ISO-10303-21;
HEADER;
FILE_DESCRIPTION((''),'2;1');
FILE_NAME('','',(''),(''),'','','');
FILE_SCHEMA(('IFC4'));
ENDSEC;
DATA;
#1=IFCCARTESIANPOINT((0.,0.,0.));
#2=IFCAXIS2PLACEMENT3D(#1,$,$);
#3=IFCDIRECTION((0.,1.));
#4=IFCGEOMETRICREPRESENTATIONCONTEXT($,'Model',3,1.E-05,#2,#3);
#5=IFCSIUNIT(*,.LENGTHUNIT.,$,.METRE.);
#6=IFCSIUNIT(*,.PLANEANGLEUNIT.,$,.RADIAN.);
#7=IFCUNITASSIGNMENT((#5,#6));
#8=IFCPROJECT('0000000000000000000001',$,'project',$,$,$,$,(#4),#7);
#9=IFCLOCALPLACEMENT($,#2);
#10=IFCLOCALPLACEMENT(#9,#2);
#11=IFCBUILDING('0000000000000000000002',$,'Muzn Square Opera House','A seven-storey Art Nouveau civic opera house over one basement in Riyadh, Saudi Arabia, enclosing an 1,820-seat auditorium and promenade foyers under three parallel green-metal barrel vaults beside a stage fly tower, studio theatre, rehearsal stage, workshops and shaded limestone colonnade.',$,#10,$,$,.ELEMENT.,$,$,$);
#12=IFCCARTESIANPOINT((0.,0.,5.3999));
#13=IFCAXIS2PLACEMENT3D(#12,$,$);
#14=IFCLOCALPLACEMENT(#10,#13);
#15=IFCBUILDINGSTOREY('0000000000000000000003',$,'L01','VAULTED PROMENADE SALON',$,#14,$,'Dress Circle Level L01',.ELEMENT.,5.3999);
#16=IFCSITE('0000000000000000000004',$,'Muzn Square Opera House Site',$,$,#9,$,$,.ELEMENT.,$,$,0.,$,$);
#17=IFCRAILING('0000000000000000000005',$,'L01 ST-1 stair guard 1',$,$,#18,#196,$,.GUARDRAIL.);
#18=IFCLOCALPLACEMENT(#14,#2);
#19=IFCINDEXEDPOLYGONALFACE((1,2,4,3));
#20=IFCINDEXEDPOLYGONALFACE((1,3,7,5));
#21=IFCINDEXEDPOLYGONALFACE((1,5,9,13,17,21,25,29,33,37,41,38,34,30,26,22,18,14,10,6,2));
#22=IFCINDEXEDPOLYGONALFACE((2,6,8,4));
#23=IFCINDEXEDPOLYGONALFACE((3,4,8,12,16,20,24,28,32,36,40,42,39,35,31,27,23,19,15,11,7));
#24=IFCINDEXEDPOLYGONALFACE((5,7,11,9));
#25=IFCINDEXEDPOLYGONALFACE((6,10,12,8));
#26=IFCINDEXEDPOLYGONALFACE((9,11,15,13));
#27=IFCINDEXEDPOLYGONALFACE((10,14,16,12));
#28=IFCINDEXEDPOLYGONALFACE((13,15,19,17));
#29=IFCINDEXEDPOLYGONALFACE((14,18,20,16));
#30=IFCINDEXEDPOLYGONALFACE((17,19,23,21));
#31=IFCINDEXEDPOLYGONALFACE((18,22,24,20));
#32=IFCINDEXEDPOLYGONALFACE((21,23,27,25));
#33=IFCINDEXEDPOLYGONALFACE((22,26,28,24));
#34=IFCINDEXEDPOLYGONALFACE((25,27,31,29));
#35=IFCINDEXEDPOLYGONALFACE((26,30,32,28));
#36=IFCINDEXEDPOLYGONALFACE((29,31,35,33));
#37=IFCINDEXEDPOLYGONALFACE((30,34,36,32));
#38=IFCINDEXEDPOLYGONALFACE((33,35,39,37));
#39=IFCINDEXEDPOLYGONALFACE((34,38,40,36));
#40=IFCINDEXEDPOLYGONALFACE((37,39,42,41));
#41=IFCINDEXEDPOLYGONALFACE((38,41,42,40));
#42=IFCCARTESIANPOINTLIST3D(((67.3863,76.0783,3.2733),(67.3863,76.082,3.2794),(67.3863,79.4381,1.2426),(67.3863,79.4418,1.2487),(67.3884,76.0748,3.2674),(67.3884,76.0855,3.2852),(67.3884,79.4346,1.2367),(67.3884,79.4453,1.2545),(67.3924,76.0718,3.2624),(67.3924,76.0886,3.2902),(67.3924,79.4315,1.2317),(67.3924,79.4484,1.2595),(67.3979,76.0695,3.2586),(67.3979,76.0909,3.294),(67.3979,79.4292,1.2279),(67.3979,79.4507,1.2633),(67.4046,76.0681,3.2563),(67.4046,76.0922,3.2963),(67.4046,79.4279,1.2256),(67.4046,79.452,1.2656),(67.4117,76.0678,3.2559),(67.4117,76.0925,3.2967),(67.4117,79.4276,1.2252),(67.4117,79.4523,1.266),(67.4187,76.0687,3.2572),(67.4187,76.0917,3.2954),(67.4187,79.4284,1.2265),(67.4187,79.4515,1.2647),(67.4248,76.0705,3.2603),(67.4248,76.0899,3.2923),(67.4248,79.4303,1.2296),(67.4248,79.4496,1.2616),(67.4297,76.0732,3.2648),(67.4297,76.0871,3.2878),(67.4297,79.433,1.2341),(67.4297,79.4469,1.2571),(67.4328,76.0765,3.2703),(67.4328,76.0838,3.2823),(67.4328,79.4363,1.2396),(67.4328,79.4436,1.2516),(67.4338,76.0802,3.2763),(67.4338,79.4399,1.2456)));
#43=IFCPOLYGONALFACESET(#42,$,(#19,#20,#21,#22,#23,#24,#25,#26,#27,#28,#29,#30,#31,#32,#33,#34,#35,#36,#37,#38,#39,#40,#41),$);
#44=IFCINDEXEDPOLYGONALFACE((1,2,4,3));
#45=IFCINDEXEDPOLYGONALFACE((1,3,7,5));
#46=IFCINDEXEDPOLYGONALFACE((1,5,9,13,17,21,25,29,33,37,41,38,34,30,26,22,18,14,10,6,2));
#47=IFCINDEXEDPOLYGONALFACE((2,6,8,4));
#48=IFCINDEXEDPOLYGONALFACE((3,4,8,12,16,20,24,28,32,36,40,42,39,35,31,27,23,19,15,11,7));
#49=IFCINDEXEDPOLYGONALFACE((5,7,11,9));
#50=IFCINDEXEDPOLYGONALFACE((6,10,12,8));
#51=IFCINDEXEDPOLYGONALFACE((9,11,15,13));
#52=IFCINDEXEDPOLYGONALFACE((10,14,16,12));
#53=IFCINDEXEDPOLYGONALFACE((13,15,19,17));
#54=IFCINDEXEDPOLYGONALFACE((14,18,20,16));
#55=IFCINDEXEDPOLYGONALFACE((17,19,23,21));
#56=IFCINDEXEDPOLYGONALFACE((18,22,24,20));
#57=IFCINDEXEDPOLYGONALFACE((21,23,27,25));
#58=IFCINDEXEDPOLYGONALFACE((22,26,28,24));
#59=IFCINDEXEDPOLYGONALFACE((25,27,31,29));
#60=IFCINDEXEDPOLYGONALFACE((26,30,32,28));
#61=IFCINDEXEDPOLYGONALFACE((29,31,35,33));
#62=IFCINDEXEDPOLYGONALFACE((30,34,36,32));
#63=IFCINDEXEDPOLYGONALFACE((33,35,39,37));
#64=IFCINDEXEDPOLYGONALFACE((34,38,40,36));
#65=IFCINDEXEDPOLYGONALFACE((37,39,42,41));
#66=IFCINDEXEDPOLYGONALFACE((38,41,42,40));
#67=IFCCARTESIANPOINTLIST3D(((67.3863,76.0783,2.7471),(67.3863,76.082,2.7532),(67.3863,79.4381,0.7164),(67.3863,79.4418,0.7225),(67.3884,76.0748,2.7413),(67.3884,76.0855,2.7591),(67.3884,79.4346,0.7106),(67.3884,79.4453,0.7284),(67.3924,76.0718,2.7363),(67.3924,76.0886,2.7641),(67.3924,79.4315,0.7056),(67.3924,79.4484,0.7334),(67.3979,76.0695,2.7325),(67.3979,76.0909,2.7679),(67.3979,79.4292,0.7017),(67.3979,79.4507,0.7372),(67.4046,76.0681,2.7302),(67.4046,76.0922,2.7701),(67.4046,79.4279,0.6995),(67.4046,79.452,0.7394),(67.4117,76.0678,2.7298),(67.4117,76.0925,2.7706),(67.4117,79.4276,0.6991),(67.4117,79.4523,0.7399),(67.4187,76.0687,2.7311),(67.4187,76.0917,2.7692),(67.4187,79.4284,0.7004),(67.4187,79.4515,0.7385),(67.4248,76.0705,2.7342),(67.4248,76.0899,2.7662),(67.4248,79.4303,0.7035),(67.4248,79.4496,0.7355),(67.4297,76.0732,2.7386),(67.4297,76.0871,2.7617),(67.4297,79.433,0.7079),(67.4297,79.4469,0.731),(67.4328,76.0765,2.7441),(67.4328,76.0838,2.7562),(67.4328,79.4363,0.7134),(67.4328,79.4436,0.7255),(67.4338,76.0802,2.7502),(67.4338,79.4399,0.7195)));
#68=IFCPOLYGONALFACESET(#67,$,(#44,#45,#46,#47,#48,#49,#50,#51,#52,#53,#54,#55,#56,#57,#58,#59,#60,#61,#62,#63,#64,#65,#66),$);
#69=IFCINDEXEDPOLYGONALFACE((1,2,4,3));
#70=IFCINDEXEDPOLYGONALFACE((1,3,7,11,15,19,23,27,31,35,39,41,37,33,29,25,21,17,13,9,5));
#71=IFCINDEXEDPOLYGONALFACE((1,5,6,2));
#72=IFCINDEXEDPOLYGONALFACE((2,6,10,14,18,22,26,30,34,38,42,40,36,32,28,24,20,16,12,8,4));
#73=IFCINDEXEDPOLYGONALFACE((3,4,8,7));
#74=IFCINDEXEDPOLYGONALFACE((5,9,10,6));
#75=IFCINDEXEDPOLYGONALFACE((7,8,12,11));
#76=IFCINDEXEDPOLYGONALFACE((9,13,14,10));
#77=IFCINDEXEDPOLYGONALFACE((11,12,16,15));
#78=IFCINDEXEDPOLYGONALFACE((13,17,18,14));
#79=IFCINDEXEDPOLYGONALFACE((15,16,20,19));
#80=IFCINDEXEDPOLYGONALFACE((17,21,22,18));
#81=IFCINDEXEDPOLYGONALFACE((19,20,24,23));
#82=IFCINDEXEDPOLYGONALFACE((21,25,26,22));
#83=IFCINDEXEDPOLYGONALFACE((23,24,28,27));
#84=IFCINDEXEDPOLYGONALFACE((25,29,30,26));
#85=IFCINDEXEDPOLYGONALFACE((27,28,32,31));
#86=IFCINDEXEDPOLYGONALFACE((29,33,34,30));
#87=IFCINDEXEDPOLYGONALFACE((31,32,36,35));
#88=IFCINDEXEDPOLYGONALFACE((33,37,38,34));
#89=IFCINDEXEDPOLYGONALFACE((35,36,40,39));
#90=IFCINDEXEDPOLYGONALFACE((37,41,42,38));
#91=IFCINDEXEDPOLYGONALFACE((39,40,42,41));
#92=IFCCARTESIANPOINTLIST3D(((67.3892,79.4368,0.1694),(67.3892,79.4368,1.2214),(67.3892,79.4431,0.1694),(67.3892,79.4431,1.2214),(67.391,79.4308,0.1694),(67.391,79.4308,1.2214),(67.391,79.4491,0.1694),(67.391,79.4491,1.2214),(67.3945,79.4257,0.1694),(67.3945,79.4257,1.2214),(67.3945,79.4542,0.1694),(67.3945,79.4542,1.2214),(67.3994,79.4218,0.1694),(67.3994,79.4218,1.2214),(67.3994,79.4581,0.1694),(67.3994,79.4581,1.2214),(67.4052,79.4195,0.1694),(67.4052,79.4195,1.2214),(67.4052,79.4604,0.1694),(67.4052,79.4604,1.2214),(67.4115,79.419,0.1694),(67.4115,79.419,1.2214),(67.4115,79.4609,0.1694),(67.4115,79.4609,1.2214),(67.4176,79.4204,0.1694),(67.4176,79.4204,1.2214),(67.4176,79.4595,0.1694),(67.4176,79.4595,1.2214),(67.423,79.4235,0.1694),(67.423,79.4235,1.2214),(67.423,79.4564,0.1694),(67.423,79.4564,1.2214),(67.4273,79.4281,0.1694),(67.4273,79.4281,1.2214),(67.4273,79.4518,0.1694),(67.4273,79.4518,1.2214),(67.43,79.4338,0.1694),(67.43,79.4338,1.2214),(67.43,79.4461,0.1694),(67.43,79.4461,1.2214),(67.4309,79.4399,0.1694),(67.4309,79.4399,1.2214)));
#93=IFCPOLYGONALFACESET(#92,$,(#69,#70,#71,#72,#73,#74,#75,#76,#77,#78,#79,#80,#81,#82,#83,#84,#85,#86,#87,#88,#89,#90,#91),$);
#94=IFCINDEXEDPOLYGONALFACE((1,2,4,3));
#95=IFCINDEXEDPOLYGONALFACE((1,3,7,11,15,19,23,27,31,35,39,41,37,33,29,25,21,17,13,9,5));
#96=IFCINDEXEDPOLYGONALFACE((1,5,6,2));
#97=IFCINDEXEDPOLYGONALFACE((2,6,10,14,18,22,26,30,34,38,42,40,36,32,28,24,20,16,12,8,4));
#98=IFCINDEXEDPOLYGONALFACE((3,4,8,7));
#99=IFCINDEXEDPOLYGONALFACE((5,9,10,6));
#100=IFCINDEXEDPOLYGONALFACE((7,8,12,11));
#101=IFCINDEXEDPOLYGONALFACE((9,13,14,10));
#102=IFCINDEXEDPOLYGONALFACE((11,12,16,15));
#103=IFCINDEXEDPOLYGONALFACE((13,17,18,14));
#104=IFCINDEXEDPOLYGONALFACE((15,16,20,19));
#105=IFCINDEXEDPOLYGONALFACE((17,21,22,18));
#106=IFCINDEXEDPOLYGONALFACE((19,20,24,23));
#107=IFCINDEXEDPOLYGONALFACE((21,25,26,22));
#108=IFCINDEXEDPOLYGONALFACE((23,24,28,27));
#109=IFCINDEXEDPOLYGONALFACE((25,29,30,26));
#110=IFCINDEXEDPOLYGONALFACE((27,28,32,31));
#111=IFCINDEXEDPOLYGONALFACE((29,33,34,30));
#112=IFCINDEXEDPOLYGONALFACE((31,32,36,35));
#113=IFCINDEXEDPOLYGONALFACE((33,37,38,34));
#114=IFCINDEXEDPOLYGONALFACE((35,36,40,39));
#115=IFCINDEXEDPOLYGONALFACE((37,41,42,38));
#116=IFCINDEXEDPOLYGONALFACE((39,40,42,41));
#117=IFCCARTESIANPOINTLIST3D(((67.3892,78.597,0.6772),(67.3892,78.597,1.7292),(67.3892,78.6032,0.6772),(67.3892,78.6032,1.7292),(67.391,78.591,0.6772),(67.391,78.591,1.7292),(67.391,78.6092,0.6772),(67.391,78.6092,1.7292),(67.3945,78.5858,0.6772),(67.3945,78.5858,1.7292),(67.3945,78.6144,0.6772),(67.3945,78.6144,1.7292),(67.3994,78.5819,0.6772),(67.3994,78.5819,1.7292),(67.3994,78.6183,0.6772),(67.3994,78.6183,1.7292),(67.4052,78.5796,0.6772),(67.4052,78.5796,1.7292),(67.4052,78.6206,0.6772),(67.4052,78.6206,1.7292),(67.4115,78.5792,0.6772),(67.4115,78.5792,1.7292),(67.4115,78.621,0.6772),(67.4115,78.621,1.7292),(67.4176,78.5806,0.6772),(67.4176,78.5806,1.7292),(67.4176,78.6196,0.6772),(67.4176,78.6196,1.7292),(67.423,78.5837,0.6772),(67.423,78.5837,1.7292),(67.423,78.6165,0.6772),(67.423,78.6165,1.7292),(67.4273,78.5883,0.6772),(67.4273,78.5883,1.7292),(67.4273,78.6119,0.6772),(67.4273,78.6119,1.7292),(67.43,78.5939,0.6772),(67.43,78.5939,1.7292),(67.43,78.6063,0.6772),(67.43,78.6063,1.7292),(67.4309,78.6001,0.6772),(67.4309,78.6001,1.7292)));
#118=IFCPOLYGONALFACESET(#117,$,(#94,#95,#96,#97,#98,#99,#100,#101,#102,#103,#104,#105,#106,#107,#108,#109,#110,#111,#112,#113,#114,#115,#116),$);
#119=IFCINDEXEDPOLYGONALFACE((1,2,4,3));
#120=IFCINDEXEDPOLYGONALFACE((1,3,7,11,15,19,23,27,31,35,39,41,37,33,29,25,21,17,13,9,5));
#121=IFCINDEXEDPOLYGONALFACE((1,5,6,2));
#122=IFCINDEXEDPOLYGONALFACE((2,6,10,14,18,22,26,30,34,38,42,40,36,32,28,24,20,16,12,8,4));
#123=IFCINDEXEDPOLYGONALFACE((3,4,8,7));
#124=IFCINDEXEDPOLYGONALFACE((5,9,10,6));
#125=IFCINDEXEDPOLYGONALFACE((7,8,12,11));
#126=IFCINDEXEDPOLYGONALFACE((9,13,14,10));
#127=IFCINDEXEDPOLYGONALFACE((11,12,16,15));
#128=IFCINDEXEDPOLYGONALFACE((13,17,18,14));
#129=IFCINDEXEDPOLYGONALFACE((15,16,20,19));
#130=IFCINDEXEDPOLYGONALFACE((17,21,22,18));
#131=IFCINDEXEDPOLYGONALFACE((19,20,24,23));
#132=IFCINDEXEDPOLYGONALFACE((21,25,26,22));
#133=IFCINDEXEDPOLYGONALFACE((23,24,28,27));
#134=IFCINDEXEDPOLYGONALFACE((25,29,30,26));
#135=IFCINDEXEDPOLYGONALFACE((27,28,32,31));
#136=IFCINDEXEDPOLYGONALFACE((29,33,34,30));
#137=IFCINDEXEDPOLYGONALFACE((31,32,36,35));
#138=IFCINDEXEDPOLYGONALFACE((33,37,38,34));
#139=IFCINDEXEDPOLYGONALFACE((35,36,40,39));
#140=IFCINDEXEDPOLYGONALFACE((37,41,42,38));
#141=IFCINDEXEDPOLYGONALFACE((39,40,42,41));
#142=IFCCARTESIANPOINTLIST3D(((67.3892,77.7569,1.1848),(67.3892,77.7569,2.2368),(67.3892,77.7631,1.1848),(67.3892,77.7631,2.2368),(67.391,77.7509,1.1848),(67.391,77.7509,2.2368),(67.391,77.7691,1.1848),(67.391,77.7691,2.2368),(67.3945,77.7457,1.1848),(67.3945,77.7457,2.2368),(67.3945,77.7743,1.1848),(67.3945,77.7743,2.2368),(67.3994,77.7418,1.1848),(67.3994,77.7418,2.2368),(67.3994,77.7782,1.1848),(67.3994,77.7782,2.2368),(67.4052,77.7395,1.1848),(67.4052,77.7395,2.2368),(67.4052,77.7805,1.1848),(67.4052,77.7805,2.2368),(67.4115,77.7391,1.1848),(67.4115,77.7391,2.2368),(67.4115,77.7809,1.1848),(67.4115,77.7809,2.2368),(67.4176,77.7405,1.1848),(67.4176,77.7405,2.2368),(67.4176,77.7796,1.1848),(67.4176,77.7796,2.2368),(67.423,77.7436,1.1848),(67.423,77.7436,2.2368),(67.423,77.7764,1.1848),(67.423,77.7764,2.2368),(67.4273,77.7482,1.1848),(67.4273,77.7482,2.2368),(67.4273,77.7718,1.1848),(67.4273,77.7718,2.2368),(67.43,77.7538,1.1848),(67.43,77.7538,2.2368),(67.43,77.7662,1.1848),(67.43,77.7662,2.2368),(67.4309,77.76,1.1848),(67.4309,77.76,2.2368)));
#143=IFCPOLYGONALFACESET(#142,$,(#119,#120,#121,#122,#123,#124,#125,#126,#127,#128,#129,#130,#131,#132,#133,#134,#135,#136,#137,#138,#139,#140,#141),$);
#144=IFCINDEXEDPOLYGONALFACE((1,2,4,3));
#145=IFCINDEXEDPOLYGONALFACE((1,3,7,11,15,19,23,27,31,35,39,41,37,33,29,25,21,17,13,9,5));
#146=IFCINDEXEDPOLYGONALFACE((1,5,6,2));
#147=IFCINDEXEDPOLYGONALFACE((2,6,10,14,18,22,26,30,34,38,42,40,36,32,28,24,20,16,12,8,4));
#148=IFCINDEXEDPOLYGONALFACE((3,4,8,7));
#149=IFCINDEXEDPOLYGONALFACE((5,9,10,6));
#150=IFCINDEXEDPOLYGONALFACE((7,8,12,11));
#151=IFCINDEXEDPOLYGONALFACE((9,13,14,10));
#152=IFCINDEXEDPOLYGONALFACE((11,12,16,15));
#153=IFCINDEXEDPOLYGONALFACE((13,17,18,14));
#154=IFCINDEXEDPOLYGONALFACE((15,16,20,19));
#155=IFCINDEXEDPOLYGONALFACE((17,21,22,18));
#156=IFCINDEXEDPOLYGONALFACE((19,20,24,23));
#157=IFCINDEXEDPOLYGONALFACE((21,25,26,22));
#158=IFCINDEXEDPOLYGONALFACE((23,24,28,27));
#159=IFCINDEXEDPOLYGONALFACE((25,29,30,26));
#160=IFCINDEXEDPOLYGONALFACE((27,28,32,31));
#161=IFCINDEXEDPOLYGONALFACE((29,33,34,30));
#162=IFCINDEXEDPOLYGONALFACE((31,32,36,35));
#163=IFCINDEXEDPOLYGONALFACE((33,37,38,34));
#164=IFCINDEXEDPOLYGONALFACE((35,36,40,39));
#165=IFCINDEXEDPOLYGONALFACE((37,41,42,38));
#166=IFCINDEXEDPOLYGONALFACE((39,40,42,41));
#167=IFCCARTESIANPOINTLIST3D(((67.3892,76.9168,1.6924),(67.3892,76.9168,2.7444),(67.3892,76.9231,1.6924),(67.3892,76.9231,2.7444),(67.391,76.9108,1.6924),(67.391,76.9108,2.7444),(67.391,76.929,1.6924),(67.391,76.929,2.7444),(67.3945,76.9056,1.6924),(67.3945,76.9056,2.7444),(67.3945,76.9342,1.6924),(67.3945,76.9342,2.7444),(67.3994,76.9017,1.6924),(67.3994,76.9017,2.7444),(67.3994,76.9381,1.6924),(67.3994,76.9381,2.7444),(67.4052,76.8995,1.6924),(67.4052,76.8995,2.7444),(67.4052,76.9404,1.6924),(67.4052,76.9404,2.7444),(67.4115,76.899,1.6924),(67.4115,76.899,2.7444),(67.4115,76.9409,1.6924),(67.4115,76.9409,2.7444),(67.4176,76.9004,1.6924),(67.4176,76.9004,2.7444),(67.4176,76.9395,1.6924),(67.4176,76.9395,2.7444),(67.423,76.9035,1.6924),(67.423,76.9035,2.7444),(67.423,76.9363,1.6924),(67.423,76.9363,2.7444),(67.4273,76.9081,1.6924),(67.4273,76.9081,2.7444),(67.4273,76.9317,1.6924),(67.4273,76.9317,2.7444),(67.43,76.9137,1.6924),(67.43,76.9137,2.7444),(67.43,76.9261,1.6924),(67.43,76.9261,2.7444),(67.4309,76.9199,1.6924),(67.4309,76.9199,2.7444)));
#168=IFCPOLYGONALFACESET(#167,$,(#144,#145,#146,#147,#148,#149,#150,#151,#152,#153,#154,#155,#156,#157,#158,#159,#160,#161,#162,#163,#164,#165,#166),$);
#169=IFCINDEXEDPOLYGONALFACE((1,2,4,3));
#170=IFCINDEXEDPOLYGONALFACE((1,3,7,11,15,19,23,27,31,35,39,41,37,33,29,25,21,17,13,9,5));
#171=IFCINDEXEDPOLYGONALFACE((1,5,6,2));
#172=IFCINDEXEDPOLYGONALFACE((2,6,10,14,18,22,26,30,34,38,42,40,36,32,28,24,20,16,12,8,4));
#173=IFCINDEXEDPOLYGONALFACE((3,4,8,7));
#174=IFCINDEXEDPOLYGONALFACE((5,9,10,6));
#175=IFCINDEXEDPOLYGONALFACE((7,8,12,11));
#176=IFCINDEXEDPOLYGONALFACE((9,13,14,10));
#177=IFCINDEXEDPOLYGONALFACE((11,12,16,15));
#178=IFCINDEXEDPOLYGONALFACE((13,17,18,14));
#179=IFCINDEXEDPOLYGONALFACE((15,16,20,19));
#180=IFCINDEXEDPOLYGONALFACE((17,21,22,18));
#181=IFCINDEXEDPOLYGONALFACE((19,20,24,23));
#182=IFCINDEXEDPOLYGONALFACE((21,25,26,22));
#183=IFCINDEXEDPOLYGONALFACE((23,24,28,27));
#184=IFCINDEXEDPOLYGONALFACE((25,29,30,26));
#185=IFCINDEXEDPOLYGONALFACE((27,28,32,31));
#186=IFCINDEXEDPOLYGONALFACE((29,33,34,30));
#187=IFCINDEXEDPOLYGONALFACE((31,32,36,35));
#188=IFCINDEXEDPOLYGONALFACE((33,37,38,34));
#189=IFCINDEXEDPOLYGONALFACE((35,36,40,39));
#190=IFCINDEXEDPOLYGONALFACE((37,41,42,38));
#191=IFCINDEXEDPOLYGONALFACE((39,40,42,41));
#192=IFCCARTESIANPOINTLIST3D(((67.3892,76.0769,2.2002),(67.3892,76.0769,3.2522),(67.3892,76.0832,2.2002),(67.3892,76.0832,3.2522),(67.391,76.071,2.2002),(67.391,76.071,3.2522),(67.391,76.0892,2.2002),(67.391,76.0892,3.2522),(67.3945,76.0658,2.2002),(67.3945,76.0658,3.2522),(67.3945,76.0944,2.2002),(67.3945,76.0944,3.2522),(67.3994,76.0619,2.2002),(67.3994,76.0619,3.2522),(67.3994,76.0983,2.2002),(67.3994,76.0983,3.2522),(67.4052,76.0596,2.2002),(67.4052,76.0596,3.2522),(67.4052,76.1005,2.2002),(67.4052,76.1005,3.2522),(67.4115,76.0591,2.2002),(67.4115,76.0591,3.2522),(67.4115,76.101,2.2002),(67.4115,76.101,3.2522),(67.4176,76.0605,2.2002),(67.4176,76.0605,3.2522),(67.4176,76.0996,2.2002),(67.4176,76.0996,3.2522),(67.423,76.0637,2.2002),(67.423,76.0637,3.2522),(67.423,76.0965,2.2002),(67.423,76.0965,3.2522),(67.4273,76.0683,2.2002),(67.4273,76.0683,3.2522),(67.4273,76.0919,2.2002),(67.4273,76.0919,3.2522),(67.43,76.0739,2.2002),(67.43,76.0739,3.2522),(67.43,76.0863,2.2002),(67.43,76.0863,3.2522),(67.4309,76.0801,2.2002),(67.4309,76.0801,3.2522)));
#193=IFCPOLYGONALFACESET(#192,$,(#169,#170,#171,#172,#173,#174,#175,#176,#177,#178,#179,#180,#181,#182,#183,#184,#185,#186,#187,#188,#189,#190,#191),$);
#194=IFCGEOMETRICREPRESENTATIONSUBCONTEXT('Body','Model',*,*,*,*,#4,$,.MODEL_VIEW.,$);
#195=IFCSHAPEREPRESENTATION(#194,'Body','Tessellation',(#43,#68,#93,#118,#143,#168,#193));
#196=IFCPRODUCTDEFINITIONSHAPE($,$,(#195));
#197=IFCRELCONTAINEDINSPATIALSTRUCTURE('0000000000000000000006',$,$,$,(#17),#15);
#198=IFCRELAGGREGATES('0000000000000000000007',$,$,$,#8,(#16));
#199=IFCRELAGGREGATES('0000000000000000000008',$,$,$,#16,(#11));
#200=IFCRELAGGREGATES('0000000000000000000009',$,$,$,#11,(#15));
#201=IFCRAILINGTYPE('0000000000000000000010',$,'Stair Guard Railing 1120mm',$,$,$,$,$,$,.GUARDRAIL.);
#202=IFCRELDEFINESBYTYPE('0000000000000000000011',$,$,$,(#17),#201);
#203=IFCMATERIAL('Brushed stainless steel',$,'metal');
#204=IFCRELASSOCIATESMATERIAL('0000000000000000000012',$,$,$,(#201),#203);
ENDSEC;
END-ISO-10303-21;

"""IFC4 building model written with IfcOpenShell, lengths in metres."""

from ifc_helpers import new_model, si_unit, direction, frame, origin, origin_2d, place, context, subcontext, project, spatial, circle, extrude, material, type_object, element, save


model = new_model("IFC4")

# Units and contexts
model_context = context("Model", 3, precision=1e-05, world=origin(), true_north=direction((0.0, 1.0)))
body_context = subcontext(model_context, "Body", "Model", "MODEL_VIEW")
ifc_project = project(units=[si_unit("LENGTHUNIT", "METRE"), si_unit("PLANEANGLEUNIT", "RADIAN")], contexts=[model_context])

# Site, building, storey
site_placement = place(None, origin())
site = spatial("IfcSite", under=ifc_project, at=site_placement, Name="Muzn Square Opera House Site", CompositionType="ELEMENT", RefElevation=0.0)
building_placement = place(site_placement, origin())
building = spatial("IfcBuilding", under=site, at=building_placement, Name="Muzn Square Opera House", Description="A seven-storey Art Nouveau civic opera house over one basement in Riyadh, Saudi Arabia, enclosing an 1,820-seat auditorium and promenade foyers under three parallel green-metal barrel vaults beside a stage fly tower, studio theatre, rehearsal stage, workshops and shaded limestone colonnade.", CompositionType="ELEMENT")
storey_placement = place(building_placement, frame((0.0, 0.0, 5.3999)))
storey = spatial("IfcBuildingStorey", under=building, at=storey_placement, Name="L01", Description="VAULTED PROMENADE SALON", LongName="Dress Circle Level L01", CompositionType="ELEMENT", Elevation=5.3999)

# Shared definitions
ifc_material_1 = material(Name="Brushed stainless steel", Category="metal")

# Railing
railing_type_1 = type_object("IfcRailingType", Name="Stair Guard Railing 1120mm", PredefinedType="GUARDRAIL", material=ifc_material_1)
railing_1_placement = place(storey_placement, frame((67.4099, 79.4399, 0.1694)))
element("IfcRailing", 1, at=railing_1_placement, inside=storey, type_object=railing_type_1, Name="L01 ST-1 stair guard 1", PredefinedType="GUARDRAIL", context=body_context, shape_type="SweptSolid", body=[
    extrude(circle(Radius=0.0239, at=origin_2d()), frame((0.0, 0.0, 1.0762), z_axis=(0.0, -0.85582, 0.517273), x_axis=(1.0, 0.0, 0.0)), (0.0, 0.0, 1.0), 3.9258),
    extrude(circle(Radius=0.0239, at=origin_2d()), frame((0.0, 0.0, 0.55), z_axis=(0.0, -0.85582, 0.517273), x_axis=(1.0, 0.0, 0.0)), (0.0, 0.0, 1.0), 3.9258),
    extrude(circle(Radius=0.021, at=origin_2d()), origin(), (0.0, 0.0, 1.0), 1.052),
    extrude(circle(Radius=0.021, at=origin_2d()), frame((0.0, -0.8398, 0.5078)), (0.0, 0.0, 1.0), 1.052),
    extrude(circle(Radius=0.021, at=origin_2d()), frame((0.0, -1.6799, 1.0154)), (0.0, 0.0, 1.0), 1.052),
    extrude(circle(Radius=0.021, at=origin_2d()), frame((0.0, -2.52, 1.5229)), (0.0, 0.0, 1.0), 1.052),
    extrude(circle(Radius=0.021, at=origin_2d()), frame((0.0, -3.3599, 2.0308)), (0.0, 0.0, 1.0), 1.052),
])

save(model, "model.ifc")
